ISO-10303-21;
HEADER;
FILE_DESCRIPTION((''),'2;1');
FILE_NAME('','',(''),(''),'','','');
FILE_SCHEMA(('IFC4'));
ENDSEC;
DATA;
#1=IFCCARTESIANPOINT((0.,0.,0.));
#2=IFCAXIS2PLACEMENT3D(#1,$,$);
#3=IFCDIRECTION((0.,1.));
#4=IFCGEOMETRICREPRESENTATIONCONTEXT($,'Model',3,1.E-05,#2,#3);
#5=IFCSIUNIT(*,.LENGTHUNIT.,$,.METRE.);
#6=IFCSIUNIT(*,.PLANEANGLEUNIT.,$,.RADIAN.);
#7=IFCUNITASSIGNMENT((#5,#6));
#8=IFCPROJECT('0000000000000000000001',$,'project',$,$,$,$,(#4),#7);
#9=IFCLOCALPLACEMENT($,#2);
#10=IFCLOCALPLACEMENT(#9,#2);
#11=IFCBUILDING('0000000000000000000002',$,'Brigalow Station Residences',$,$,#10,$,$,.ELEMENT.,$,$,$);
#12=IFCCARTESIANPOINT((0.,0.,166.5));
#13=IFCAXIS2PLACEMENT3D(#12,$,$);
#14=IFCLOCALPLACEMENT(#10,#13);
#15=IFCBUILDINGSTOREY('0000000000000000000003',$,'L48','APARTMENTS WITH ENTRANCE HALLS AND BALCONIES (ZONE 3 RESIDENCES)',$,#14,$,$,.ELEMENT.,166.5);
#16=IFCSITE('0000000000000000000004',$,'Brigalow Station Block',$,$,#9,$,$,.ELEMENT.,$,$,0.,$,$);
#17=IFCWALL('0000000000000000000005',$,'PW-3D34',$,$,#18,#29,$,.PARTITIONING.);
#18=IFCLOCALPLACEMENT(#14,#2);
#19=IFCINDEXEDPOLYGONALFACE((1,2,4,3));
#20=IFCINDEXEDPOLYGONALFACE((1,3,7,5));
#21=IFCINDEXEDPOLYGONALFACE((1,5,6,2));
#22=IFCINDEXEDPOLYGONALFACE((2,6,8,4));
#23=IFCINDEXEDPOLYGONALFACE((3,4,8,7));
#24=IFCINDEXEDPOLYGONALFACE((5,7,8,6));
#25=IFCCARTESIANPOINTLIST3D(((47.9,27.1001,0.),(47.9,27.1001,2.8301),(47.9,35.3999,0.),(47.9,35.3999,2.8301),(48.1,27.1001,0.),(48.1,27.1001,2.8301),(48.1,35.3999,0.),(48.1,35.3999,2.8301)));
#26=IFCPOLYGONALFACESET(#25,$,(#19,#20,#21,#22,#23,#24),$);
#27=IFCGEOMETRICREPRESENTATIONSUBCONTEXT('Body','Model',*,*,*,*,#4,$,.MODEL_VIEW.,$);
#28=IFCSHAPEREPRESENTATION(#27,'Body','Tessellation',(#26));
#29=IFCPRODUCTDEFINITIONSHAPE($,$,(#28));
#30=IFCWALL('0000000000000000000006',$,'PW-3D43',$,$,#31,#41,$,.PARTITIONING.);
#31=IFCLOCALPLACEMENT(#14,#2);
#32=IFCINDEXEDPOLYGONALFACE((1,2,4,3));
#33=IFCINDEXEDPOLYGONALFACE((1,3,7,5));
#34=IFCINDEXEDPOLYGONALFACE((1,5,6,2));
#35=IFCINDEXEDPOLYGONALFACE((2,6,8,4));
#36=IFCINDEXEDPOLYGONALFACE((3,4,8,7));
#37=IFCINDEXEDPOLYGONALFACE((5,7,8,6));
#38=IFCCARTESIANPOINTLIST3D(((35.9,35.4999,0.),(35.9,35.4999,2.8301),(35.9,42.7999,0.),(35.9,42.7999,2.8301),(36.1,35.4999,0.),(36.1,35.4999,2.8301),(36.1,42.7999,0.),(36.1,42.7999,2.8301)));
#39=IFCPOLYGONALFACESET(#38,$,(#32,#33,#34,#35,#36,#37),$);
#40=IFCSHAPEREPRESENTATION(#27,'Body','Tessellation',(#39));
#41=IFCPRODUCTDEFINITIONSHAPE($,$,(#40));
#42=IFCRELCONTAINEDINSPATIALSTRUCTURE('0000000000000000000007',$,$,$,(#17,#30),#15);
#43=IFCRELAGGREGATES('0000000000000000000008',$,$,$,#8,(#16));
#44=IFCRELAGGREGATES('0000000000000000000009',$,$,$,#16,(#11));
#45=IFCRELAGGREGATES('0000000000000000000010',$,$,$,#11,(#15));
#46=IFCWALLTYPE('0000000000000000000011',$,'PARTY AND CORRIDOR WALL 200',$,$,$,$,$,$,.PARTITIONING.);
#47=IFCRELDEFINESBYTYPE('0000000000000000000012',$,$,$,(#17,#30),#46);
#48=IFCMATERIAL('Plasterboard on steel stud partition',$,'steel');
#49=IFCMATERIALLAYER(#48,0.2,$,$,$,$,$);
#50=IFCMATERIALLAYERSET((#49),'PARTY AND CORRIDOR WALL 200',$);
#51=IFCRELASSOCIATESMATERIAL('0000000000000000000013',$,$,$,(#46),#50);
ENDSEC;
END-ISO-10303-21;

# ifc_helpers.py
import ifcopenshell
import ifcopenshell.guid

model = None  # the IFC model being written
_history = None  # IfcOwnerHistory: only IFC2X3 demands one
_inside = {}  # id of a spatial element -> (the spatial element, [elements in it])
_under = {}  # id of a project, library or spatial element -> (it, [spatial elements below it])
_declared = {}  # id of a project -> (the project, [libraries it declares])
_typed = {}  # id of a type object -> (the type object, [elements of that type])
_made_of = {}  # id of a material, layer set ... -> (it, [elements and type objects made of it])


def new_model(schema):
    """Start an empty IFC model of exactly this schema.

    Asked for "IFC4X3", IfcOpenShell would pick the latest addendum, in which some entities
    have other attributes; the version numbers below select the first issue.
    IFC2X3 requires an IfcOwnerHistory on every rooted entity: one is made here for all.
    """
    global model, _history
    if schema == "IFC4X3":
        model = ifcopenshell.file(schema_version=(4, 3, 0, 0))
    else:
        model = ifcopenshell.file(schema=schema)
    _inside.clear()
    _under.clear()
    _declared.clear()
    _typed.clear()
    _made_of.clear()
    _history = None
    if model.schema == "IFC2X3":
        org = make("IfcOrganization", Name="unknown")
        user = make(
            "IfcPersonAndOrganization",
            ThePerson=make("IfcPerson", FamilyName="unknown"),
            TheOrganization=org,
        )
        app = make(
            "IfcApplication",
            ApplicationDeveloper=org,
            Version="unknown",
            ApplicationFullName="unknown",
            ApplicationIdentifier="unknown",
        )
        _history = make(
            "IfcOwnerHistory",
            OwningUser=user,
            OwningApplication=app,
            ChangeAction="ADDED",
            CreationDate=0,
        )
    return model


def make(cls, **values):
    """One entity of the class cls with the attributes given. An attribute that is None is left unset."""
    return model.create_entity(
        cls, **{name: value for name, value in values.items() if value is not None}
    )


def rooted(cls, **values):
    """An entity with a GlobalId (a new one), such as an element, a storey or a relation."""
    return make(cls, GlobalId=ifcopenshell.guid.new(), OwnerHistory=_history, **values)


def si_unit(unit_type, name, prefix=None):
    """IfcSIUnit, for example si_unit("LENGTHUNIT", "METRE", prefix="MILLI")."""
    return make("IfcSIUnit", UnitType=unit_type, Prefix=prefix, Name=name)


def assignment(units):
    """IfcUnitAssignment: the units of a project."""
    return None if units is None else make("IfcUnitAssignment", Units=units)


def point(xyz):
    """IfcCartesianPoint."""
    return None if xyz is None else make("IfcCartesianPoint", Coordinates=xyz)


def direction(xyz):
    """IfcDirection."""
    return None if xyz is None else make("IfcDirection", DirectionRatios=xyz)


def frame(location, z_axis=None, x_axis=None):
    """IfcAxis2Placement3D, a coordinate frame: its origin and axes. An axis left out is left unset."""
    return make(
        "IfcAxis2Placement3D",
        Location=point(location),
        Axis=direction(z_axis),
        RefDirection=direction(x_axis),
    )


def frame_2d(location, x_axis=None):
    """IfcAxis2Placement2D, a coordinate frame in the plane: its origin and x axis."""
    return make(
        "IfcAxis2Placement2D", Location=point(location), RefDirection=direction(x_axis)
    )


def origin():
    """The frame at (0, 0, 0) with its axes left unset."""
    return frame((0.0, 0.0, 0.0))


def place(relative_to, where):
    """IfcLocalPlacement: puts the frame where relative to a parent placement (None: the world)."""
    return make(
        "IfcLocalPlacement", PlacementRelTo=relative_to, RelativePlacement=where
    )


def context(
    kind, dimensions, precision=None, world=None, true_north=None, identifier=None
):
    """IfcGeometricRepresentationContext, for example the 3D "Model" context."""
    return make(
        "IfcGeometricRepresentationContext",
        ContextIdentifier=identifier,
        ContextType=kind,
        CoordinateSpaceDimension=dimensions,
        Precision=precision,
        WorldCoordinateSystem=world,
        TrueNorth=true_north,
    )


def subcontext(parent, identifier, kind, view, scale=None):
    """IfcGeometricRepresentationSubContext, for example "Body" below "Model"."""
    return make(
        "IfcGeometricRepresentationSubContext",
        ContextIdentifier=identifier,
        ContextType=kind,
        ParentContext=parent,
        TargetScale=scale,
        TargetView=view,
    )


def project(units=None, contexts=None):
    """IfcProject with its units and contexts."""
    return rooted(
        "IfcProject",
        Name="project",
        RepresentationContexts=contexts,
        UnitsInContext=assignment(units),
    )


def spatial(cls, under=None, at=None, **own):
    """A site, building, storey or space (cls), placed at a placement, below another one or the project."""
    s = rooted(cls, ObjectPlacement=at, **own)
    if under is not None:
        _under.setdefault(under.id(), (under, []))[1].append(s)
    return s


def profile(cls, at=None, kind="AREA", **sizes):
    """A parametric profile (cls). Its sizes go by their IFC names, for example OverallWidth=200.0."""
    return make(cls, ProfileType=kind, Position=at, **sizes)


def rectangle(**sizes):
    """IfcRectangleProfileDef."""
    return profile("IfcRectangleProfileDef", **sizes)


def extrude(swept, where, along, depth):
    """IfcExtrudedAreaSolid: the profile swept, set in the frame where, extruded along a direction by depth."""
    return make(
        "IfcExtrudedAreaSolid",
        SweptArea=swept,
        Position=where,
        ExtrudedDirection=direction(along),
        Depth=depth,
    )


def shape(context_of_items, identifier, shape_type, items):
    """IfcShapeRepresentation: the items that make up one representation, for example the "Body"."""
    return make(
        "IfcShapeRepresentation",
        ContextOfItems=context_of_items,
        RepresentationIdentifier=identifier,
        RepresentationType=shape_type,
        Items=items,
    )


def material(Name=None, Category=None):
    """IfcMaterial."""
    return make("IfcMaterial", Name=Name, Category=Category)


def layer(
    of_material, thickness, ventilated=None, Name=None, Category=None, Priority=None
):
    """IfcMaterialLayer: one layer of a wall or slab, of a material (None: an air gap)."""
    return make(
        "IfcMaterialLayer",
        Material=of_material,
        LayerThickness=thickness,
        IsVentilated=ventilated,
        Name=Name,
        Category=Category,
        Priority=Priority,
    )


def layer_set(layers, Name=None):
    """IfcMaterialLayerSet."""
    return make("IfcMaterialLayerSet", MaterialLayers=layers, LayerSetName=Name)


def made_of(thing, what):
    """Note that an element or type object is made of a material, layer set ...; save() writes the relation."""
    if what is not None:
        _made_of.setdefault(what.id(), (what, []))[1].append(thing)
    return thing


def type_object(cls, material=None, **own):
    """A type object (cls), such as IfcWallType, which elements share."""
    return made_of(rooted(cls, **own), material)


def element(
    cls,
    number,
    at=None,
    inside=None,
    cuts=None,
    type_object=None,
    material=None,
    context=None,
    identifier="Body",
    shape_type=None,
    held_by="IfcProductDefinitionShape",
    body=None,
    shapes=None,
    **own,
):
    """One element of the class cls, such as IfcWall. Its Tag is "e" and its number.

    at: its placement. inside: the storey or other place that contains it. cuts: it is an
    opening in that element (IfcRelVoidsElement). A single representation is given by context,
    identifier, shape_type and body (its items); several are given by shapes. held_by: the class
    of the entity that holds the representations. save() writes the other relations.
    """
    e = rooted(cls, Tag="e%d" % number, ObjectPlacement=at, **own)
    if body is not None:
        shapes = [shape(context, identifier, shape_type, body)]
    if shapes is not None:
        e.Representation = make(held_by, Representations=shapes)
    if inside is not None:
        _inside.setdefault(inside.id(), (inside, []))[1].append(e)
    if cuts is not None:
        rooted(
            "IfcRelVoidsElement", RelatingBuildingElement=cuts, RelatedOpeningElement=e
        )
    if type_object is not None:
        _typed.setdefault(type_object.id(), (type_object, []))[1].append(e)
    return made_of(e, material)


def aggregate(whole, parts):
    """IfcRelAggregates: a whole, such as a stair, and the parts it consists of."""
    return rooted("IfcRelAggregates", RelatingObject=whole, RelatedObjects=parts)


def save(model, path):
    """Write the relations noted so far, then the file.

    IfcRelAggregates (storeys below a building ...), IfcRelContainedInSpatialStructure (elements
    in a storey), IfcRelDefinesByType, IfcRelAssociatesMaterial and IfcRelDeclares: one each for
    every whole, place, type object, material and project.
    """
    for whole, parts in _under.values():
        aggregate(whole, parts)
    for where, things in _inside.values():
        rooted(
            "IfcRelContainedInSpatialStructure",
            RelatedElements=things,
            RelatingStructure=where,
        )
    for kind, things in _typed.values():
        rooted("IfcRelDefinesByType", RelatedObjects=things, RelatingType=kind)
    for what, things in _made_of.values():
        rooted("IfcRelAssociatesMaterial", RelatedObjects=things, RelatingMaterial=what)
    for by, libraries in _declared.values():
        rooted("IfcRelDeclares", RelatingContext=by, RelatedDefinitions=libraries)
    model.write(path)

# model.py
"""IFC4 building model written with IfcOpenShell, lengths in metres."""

from ifc_helpers import new_model, si_unit, direction, frame, frame_2d, origin, place, context, subcontext, project, spatial, rectangle, extrude, material, layer, layer_set, type_object, element, save


model = new_model("IFC4")

# Units and contexts
model_context = context("Model", 3, precision=1e-05, world=origin(), true_north=direction((0.0, 1.0)))
body_context = subcontext(model_context, "Body", "Model", "MODEL_VIEW")
ifc_project = project(units=[si_unit("LENGTHUNIT", "METRE"), si_unit("PLANEANGLEUNIT", "RADIAN")], contexts=[model_context])

# Site, building, storey
site_placement = place(None, origin())
site = spatial("IfcSite", under=ifc_project, at=site_placement, Name="Brigalow Station Block", CompositionType="ELEMENT", RefElevation=0.0)
building_placement = place(site_placement, origin())
building = spatial("IfcBuilding", under=site, at=building_placement, Name="Brigalow Station Residences", CompositionType="ELEMENT")
storey_placement = place(building_placement, frame((0.0, 0.0, 166.5)))
storey = spatial("IfcBuildingStorey", under=building, at=storey_placement, Name="L48", Description="APARTMENTS WITH ENTRANCE HALLS AND BALCONIES (ZONE 3 RESIDENCES)", CompositionType="ELEMENT", Elevation=166.5)

# Shared definitions
ifc_material_1 = material(Name="Plasterboard on steel stud partition", Category="steel")
ifc_layer_1 = layer(ifc_material_1, 0.2)
ifc_layer_set_1 = layer_set([ifc_layer_1], Name="PARTY AND CORRIDOR WALL 200")
wall_type_1 = type_object("IfcWallType", Name="PARTY AND CORRIDOR WALL 200", PredefinedType="PARTITIONING", material=ifc_layer_set_1)

# Walls
wall_1_placement = place(storey_placement, frame((48.0, 27.1001, 0.0), z_axis=(0.0, 0.0, 1.0), x_axis=(0.0, 1.0, 0.0)))
element("IfcWall", 1, at=wall_1_placement, inside=storey, type_object=wall_type_1, Name="PW-3D34", PredefinedType="PARTITIONING", context=body_context, shape_type="SweptSolid", body=[
    extrude(rectangle(XDim=8.2998, YDim=0.2, at=frame_2d((4.1499, 0.0))), origin(), (0.0, 0.0, 1.0), 2.8301),
])
wall_2_placement = place(storey_placement, frame((36.0, 35.5, 0.0), z_axis=(0.0, 0.0, 1.0), x_axis=(0.0, 1.0, 0.0)))
element("IfcWall", 2, at=wall_2_placement, inside=storey, type_object=wall_type_1, Name="PW-3D43", PredefinedType="PARTITIONING", context=body_context, shape_type="SweptSolid", body=[
    extrude(rectangle(XDim=7.3, YDim=0.2, at=frame_2d((3.6499, 0.0))), origin(), (0.0, 0.0, 1.0), 2.8301),
])

save(model, "model.ifc")
